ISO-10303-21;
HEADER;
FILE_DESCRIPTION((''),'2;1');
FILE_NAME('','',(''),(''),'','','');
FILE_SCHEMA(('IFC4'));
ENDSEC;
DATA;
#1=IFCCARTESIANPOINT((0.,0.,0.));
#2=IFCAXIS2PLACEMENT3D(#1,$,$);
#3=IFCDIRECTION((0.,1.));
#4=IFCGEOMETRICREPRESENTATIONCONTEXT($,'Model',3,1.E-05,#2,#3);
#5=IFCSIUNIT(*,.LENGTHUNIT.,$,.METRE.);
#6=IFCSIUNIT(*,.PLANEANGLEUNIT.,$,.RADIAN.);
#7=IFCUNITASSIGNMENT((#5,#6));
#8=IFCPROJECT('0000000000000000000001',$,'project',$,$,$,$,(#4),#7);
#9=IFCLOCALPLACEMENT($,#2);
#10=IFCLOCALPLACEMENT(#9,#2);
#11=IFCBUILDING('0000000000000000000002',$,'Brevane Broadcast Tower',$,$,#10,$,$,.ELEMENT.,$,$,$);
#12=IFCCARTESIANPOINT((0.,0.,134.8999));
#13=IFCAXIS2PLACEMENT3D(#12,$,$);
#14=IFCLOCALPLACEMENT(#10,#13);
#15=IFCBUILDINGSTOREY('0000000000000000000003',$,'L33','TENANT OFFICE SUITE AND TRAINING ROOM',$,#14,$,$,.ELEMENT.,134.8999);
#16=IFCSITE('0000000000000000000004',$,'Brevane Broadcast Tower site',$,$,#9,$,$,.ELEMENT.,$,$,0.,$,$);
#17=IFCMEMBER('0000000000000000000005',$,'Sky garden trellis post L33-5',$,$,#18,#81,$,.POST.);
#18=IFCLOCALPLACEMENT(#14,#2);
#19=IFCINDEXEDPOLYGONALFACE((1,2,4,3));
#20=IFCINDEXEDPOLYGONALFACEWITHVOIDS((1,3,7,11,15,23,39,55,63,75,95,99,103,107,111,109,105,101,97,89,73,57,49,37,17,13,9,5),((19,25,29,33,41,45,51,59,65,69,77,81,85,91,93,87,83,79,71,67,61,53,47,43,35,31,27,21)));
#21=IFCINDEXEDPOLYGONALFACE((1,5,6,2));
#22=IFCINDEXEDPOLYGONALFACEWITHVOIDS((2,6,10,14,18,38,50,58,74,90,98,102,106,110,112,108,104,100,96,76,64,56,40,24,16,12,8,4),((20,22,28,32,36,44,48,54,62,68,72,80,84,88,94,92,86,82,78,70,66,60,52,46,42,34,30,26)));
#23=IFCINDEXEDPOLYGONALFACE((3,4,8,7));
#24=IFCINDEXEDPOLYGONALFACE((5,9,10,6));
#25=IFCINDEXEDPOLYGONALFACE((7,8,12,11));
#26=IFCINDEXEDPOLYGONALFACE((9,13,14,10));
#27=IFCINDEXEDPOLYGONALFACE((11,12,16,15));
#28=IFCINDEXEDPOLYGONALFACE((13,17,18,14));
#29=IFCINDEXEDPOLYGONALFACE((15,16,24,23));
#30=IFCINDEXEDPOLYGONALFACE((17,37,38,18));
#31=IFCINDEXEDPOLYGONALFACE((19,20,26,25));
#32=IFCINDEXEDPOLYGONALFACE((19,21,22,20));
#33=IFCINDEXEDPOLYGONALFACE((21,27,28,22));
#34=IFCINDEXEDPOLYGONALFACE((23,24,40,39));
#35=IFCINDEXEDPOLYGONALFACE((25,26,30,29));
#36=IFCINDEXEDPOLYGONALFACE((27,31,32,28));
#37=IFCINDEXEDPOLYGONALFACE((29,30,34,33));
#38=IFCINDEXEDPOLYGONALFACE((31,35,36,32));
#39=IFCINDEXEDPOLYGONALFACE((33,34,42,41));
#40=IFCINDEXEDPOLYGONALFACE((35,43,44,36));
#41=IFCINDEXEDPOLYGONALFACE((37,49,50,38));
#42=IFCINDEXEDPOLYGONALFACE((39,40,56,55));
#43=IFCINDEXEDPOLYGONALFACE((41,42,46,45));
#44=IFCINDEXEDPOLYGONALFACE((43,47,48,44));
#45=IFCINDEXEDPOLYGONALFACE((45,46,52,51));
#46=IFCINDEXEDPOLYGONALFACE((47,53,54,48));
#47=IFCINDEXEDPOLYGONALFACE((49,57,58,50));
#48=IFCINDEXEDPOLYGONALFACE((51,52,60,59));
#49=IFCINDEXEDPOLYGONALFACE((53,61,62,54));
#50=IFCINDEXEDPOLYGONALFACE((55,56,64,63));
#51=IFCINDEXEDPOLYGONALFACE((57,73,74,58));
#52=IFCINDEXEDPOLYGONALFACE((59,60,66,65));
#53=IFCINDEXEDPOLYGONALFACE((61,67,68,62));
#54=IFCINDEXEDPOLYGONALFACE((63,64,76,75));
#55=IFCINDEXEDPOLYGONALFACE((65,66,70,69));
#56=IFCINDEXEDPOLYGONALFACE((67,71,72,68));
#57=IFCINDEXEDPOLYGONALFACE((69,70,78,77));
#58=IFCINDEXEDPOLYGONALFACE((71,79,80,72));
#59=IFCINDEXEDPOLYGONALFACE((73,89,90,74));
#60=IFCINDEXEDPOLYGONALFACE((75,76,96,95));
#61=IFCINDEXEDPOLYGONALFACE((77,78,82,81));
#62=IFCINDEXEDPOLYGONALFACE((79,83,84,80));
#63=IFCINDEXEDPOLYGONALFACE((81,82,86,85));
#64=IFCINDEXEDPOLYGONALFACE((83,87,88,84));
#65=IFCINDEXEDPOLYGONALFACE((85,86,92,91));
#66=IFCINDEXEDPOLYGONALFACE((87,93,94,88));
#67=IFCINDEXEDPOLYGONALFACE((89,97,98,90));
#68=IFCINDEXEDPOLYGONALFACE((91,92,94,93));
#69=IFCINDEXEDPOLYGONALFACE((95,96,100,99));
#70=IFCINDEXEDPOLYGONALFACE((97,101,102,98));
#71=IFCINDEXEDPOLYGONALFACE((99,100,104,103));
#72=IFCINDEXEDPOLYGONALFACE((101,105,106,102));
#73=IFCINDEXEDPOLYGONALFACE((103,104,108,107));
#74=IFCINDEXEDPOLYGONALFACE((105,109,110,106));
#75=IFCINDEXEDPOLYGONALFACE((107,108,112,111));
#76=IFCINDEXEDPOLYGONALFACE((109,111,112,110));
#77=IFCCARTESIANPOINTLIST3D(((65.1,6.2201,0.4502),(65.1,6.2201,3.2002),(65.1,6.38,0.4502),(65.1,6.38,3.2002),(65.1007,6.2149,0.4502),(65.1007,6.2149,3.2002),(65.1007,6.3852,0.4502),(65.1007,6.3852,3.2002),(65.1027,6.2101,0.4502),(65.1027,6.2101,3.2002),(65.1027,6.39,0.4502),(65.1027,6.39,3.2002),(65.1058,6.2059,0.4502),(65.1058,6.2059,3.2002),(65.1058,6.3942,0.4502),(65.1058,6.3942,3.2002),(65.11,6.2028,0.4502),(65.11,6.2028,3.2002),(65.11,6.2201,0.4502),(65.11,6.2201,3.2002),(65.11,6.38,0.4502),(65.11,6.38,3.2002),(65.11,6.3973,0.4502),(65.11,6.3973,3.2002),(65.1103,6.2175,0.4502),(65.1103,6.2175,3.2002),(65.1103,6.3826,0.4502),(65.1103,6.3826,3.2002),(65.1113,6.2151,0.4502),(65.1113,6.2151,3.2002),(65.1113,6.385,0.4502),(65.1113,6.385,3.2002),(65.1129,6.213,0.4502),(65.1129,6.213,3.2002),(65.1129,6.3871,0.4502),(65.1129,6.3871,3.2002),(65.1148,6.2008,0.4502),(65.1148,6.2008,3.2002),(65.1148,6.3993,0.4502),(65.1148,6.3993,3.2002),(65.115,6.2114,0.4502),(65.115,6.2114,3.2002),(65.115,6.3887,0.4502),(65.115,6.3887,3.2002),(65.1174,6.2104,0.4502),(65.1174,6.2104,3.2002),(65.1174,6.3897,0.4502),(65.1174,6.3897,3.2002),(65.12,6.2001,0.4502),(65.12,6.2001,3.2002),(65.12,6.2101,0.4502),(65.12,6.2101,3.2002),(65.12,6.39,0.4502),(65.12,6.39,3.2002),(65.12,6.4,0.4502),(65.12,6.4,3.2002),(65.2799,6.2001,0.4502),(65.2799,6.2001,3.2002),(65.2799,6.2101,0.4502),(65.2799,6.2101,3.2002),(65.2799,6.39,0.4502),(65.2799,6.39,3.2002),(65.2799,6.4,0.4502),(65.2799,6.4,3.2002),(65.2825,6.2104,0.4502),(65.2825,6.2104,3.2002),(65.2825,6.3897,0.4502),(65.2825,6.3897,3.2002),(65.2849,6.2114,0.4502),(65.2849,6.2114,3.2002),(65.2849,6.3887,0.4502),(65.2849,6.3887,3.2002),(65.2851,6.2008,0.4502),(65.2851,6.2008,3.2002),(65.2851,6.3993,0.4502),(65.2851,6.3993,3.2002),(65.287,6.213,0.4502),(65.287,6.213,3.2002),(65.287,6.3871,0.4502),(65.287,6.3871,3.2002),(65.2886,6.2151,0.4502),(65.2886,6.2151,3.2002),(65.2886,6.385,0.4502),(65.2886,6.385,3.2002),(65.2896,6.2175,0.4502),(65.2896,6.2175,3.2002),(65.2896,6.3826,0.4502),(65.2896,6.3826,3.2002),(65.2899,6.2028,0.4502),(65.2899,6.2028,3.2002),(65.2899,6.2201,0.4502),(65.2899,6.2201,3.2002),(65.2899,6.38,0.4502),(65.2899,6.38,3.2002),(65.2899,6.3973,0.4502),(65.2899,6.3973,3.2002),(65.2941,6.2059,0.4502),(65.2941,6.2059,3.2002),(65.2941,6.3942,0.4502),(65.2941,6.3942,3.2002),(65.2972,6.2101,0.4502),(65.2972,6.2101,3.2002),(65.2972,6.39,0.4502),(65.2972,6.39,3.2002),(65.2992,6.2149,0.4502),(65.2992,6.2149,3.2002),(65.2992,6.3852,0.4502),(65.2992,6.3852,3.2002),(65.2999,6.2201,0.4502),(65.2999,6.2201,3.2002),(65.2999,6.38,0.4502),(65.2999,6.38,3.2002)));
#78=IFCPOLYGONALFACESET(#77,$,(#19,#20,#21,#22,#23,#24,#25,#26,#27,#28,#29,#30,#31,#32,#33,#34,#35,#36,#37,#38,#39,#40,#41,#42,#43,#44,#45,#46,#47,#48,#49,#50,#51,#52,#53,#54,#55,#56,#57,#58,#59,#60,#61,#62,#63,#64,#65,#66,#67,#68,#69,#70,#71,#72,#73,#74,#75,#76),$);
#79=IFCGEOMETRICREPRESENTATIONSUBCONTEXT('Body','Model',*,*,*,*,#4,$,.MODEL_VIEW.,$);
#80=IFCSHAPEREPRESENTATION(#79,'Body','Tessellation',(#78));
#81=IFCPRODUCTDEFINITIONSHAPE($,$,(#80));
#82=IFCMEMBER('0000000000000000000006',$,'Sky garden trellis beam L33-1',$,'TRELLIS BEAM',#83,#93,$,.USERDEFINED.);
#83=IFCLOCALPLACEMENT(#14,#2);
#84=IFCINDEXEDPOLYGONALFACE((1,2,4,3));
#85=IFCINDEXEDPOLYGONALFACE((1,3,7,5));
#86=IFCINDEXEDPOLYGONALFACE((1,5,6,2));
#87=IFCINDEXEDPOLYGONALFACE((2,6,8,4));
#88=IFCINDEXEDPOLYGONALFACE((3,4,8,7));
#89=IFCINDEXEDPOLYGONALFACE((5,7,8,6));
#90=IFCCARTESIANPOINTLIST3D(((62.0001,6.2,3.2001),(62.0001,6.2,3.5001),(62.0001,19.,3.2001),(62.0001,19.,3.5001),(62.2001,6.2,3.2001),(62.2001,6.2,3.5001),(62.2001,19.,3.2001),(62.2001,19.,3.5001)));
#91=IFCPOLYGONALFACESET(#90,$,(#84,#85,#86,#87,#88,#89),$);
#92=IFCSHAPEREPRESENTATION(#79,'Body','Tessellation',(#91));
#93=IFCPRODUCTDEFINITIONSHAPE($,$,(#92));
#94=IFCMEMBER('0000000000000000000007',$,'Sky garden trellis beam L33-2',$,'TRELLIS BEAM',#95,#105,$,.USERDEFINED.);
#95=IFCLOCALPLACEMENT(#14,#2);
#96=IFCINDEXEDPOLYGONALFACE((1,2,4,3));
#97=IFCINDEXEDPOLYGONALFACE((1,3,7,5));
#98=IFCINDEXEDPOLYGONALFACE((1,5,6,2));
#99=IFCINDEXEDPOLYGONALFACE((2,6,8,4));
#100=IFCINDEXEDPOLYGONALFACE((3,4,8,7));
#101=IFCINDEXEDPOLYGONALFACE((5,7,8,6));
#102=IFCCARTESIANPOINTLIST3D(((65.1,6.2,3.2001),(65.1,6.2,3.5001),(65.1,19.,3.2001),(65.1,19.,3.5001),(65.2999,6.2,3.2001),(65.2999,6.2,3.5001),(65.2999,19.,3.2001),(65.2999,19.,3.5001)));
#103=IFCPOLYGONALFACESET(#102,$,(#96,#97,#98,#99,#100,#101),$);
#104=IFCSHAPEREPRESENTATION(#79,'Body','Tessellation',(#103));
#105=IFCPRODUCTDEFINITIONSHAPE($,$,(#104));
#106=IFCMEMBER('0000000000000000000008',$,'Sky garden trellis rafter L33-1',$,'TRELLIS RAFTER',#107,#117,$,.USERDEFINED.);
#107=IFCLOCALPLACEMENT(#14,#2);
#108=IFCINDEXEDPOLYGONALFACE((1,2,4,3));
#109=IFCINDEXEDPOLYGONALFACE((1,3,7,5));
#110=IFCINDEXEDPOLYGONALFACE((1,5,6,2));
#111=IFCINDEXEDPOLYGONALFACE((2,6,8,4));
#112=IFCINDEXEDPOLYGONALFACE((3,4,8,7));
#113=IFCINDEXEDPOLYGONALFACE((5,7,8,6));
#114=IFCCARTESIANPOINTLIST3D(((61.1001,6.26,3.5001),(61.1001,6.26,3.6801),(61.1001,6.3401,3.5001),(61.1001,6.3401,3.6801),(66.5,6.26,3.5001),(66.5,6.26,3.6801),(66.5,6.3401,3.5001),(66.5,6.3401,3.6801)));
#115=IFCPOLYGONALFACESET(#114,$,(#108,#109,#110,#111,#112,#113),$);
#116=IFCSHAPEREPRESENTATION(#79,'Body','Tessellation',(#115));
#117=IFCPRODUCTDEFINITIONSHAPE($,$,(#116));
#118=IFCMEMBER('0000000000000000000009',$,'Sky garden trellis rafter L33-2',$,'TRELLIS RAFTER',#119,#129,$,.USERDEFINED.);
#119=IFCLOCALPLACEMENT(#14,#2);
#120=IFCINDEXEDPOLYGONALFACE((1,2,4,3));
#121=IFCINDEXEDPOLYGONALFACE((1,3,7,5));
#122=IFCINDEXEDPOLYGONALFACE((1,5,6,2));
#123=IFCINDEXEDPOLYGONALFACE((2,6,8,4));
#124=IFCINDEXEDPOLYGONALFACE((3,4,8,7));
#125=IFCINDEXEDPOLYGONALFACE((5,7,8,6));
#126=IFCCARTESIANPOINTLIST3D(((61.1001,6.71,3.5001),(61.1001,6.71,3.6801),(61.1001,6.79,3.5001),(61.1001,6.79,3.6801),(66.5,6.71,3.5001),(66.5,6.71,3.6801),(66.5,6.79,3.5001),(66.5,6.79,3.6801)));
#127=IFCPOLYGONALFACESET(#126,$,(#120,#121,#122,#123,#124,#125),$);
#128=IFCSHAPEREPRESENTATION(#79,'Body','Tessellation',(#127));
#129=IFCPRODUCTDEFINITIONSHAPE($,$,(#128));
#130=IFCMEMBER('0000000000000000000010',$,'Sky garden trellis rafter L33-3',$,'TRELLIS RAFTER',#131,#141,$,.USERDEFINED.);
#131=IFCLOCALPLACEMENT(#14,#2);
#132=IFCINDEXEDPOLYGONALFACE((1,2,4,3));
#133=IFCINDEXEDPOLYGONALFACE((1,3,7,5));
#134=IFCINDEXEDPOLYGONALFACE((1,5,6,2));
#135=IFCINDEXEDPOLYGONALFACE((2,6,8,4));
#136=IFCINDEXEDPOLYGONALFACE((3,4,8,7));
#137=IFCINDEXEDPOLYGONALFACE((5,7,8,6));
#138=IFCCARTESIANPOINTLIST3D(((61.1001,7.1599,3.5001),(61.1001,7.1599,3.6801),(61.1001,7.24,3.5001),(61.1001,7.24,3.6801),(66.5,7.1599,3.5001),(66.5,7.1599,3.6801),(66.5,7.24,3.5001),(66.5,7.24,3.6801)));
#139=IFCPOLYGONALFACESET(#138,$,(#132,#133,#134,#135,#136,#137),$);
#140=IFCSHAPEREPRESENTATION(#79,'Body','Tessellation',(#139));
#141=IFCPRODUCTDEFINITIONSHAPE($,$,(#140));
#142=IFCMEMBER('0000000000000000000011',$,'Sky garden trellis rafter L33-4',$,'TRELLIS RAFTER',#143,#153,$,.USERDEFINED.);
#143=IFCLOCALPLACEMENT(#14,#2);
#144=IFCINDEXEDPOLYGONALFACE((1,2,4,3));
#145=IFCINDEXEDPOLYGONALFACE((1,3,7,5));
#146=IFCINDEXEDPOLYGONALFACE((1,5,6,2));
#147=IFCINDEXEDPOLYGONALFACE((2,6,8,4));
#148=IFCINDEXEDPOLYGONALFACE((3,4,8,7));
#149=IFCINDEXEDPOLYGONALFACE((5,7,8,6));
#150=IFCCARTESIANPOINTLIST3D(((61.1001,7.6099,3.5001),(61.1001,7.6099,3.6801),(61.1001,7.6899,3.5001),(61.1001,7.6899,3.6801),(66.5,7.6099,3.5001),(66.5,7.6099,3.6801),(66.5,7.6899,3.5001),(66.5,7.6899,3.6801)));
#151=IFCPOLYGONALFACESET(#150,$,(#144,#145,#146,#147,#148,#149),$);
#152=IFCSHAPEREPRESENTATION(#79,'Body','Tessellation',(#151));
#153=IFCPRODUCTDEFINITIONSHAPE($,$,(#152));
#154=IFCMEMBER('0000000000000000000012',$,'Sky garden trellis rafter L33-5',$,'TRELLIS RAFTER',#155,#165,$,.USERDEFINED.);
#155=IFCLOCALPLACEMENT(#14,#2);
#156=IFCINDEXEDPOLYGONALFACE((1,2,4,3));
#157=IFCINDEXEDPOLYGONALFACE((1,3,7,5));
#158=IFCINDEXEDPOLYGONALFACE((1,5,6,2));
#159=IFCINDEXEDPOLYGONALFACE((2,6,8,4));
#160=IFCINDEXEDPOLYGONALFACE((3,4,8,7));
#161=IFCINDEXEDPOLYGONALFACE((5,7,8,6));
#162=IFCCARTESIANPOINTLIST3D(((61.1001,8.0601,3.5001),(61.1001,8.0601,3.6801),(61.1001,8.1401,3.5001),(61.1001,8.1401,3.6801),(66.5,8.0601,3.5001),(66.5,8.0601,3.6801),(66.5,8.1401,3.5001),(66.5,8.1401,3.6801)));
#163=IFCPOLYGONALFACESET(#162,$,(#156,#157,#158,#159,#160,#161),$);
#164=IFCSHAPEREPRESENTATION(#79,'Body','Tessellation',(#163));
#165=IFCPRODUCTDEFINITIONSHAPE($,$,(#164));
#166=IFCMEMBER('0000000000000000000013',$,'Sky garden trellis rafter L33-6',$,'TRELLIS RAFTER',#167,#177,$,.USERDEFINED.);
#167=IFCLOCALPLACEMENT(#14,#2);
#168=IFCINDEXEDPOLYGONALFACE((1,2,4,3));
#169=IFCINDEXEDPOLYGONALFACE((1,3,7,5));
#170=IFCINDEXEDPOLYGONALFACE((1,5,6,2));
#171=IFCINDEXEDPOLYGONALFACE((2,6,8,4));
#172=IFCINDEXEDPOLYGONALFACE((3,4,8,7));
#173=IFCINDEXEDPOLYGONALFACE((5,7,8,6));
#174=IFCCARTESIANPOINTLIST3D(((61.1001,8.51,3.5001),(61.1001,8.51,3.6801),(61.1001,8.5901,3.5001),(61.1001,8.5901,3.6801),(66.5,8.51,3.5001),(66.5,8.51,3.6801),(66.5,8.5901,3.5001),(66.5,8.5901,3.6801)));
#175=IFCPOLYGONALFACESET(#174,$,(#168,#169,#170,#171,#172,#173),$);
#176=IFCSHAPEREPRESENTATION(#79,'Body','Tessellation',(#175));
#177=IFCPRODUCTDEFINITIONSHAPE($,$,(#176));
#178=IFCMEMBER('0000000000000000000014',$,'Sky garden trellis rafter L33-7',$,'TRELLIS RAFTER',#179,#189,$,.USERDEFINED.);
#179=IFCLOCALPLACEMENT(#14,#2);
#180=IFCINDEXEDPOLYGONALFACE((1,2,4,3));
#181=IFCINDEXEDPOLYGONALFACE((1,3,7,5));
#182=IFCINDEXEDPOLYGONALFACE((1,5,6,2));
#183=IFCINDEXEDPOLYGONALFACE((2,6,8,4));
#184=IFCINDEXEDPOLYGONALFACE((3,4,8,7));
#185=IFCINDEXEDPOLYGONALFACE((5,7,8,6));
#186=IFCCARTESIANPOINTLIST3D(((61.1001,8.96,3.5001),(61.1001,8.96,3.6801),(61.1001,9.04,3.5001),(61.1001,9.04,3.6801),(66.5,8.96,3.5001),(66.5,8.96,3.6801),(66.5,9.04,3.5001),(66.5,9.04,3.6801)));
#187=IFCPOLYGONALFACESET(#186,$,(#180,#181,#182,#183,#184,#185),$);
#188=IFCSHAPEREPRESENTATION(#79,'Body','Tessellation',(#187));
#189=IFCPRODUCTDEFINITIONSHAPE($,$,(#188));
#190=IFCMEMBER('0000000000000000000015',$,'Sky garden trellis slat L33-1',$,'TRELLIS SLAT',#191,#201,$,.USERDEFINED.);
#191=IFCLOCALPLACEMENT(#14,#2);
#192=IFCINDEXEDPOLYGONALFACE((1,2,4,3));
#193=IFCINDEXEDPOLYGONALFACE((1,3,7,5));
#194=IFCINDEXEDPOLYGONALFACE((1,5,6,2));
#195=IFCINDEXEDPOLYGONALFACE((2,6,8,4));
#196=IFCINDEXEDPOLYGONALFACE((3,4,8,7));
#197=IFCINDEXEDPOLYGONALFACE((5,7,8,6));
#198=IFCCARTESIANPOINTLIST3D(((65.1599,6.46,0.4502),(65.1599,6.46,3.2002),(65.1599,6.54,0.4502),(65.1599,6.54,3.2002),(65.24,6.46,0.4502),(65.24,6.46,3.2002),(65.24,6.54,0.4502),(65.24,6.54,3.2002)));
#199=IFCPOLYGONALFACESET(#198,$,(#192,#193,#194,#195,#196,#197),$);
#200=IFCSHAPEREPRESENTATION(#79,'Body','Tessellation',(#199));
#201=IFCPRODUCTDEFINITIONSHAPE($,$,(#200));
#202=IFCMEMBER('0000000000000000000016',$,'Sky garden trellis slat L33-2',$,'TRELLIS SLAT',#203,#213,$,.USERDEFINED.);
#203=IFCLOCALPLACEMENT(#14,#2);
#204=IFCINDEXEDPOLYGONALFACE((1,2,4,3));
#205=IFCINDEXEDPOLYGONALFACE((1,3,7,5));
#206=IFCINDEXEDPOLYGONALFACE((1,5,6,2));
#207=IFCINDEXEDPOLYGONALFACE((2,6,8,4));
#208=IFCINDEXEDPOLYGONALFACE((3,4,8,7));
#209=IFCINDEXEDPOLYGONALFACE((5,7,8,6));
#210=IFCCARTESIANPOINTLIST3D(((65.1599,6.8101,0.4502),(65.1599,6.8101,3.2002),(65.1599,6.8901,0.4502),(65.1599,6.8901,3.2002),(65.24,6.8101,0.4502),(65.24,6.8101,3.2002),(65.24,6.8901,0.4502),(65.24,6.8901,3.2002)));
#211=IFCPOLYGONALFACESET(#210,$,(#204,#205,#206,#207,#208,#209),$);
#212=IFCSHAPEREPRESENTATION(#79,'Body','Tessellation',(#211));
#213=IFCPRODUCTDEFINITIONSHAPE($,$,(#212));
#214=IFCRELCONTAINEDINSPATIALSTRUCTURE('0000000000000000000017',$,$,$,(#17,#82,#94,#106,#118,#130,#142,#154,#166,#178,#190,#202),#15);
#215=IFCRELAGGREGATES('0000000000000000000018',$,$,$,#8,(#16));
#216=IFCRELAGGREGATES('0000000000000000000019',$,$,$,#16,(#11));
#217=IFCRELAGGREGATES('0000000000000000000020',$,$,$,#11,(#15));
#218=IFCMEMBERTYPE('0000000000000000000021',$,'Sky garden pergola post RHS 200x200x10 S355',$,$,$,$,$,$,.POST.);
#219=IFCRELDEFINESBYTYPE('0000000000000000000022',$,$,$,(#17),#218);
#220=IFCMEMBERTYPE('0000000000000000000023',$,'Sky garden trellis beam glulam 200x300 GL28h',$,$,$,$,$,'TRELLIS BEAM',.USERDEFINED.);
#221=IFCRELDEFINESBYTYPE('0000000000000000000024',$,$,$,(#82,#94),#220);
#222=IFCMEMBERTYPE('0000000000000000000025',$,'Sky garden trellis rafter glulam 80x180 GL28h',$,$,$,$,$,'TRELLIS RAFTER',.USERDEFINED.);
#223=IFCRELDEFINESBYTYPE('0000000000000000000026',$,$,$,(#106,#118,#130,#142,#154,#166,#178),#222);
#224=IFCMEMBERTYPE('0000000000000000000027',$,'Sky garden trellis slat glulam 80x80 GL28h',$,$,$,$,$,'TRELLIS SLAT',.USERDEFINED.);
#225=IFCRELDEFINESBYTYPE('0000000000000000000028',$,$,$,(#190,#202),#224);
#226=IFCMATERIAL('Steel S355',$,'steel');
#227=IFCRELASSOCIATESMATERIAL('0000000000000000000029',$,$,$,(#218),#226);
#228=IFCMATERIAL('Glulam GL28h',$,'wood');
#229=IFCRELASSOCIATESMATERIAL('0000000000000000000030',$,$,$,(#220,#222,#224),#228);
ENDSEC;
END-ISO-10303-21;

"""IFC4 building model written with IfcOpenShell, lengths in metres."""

from ifc_helpers import new_model, si_unit, direction, frame, origin, origin_2d, place, context, subcontext, project, spatial, rectangle, hollow_rectangle, extrude, material, material_profile, profile_set, type_object, element, save


model = new_model("IFC4")

# Units and contexts
model_context = context("Model", 3, precision=1e-05, world=origin(), true_north=direction((0.0, 1.0)))
body_context = subcontext(model_context, "Body", "Model", "MODEL_VIEW")
ifc_project = project(units=[si_unit("LENGTHUNIT", "METRE"), si_unit("PLANEANGLEUNIT", "RADIAN")], contexts=[model_context])

# Site, building, storey
site_placement = place(None, origin())
site = spatial("IfcSite", under=ifc_project, at=site_placement, Name="Brevane Broadcast Tower site", CompositionType="ELEMENT", RefElevation=0.0)
building_placement = place(site_placement, origin())
building = spatial("IfcBuilding", under=site, at=building_placement, Name="Brevane Broadcast Tower", CompositionType="ELEMENT")
storey_placement = place(building_placement, frame((0.0, 0.0, 134.8999)))
storey = spatial("IfcBuildingStorey", under=building, at=storey_placement, Name="L33", Description="TENANT OFFICE SUITE AND TRAINING ROOM", CompositionType="ELEMENT", Elevation=134.8999)

# Members
ifc_material_1 = material(Name="Steel S355", Category="steel")
ifc_material_profile_1 = material_profile(ifc_material_1, hollow_rectangle(XDim=0.2, YDim=0.2, WallThickness=0.01, InnerFilletRadius=0.01, OuterFilletRadius=0.02, at=origin_2d()), Name="RHS 200x200x10")
ifc_profile_set_1 = profile_set([ifc_material_profile_1], Name="Steel S355")
member_type_1 = type_object("IfcMemberType", Name="Sky garden pergola post RHS 200x200x10 S355", PredefinedType="POST", material=ifc_profile_set_1)
for number, where, z_axis, x_axis, name in (
    (1, (65.2, 6.3, 0.4502), (0.0, 0.0, 1.0), (1.0, 0.0, 0.0), "Sky garden trellis post L33-5"),
):
    element("IfcMember", number, at=place(storey_placement, frame(where, z_axis=z_axis, x_axis=x_axis)), inside=storey, type_object=member_type_1, Name=name, PredefinedType="POST", context=body_context, shape_type="SweptSolid", body=[
        extrude(hollow_rectangle(XDim=0.2, YDim=0.2, WallThickness=0.01, InnerFilletRadius=0.01, OuterFilletRadius=0.02, at=origin_2d()), origin(), (0.0, 0.0, 1.0), 2.75),
    ])
ifc_material_2 = material(Name="Glulam GL28h", Category="wood")
ifc_material_profile_2 = material_profile(ifc_material_2, rectangle(XDim=0.2, YDim=0.3, at=origin_2d()), Name="RECT 200x300")
ifc_profile_set_2 = profile_set([ifc_material_profile_2], Name="Glulam GL28h")
member_type_2 = type_object("IfcMemberType", Name="Sky garden trellis beam glulam 200x300 GL28h", ElementType="TRELLIS BEAM", PredefinedType="USERDEFINED", material=ifc_profile_set_2)
for number, where, z_axis, x_axis, name in (
    (2, (62.1001, 6.2, 3.3501), (0.0, 1.0, 0.0), (-1.0, 0.0, 0.0), "Sky garden trellis beam L33-1"),
    (3, (65.2, 6.2, 3.3501), (0.0, 1.0, 0.0), (-1.0, 0.0, 0.0), "Sky garden trellis beam L33-2"),
):
    element("IfcMember", number, at=place(storey_placement, frame(where, z_axis=z_axis, x_axis=x_axis)), inside=storey, type_object=member_type_2, Name=name, ObjectType="TRELLIS BEAM", PredefinedType="USERDEFINED", context=body_context, shape_type="SweptSolid", body=[
        extrude(rectangle(XDim=0.2, YDim=0.3, at=origin_2d()), origin(), (0.0, 0.0, 1.0), 12.8),
    ])
ifc_material_profile_3 = material_profile(ifc_material_2, rectangle(XDim=0.0801, YDim=0.1799, at=origin_2d()), Name="RECT 80x180")
ifc_profile_set_3 = profile_set([ifc_material_profile_3], Name="Glulam GL28h")
member_type_3 = type_object("IfcMemberType", Name="Sky garden trellis rafter glulam 80x180 GL28h", ElementType="TRELLIS RAFTER", PredefinedType="USERDEFINED", material=ifc_profile_set_3)
for number, where, z_axis, x_axis, name in (
    (4, (61.1001, 6.3, 3.5901), (1.0, 0.0, 0.0), (0.0, 1.0, 0.0), "Sky garden trellis rafter L33-1"),
    (5, (61.1001, 6.75, 3.5901), (1.0, 0.0, 0.0), (0.0, 1.0, 0.0), "Sky garden trellis rafter L33-2"),
    (6, (61.1001, 7.2, 3.5901), (1.0, 0.0, 0.0), (0.0, 1.0, 0.0), "Sky garden trellis rafter L33-3"),
    (7, (61.1001, 7.6499, 3.5901), (1.0, 0.0, 0.0), (0.0, 1.0, 0.0), "Sky garden trellis rafter L33-4"),
    (8, (61.1001, 8.1001, 3.5901), (1.0, 0.0, 0.0), (0.0, 1.0, 0.0), "Sky garden trellis rafter L33-5"),
    (9, (61.1001, 8.55, 3.5901), (1.0, 0.0, 0.0), (0.0, 1.0, 0.0), "Sky garden trellis rafter L33-6"),
    (10, (61.1001, 9.0, 3.5901), (1.0, 0.0, 0.0), (0.0, 1.0, 0.0), "Sky garden trellis rafter L33-7"),
):
    element("IfcMember", number, at=place(storey_placement, frame(where, z_axis=z_axis, x_axis=x_axis)), inside=storey, type_object=member_type_3, Name=name, ObjectType="TRELLIS RAFTER", PredefinedType="USERDEFINED", context=body_context, shape_type="SweptSolid", body=[
        extrude(rectangle(XDim=0.0801, YDim=0.1799, at=origin_2d()), origin(), (0.0, 0.0, 1.0), 5.3999),
    ])
ifc_material_profile_4 = material_profile(ifc_material_2, rectangle(XDim=0.0801, YDim=0.0801, at=origin_2d()), Name="RECT 80x80")
ifc_profile_set_4 = profile_set([ifc_material_profile_4], Name="Glulam GL28h")
member_type_4 = type_object("IfcMemberType", Name="Sky garden trellis slat glulam 80x80 GL28h", ElementType="TRELLIS SLAT", PredefinedType="USERDEFINED", material=ifc_profile_set_4)
for number, where, z_axis, x_axis, name in (
    (11, (65.2, 6.5, 0.4502), (0.0, 0.0, 1.0), (1.0, 0.0, 0.0), "Sky garden trellis slat L33-1"),
    (12, (65.2, 6.8501, 0.4502), (0.0, 0.0, 1.0), (1.0, 0.0, 0.0), "Sky garden trellis slat L33-2"),
):
    element("IfcMember", number, at=place(storey_placement, frame(where, z_axis=z_axis, x_axis=x_axis)), inside=storey, type_object=member_type_4, Name=name, ObjectType="TRELLIS SLAT", PredefinedType="USERDEFINED", context=body_context, shape_type="SweptSolid", body=[
        extrude(rectangle(XDim=0.0801, YDim=0.0801, at=origin_2d()), origin(), (0.0, 0.0, 1.0), 2.75),
    ])

save(model, "model.ifc")
